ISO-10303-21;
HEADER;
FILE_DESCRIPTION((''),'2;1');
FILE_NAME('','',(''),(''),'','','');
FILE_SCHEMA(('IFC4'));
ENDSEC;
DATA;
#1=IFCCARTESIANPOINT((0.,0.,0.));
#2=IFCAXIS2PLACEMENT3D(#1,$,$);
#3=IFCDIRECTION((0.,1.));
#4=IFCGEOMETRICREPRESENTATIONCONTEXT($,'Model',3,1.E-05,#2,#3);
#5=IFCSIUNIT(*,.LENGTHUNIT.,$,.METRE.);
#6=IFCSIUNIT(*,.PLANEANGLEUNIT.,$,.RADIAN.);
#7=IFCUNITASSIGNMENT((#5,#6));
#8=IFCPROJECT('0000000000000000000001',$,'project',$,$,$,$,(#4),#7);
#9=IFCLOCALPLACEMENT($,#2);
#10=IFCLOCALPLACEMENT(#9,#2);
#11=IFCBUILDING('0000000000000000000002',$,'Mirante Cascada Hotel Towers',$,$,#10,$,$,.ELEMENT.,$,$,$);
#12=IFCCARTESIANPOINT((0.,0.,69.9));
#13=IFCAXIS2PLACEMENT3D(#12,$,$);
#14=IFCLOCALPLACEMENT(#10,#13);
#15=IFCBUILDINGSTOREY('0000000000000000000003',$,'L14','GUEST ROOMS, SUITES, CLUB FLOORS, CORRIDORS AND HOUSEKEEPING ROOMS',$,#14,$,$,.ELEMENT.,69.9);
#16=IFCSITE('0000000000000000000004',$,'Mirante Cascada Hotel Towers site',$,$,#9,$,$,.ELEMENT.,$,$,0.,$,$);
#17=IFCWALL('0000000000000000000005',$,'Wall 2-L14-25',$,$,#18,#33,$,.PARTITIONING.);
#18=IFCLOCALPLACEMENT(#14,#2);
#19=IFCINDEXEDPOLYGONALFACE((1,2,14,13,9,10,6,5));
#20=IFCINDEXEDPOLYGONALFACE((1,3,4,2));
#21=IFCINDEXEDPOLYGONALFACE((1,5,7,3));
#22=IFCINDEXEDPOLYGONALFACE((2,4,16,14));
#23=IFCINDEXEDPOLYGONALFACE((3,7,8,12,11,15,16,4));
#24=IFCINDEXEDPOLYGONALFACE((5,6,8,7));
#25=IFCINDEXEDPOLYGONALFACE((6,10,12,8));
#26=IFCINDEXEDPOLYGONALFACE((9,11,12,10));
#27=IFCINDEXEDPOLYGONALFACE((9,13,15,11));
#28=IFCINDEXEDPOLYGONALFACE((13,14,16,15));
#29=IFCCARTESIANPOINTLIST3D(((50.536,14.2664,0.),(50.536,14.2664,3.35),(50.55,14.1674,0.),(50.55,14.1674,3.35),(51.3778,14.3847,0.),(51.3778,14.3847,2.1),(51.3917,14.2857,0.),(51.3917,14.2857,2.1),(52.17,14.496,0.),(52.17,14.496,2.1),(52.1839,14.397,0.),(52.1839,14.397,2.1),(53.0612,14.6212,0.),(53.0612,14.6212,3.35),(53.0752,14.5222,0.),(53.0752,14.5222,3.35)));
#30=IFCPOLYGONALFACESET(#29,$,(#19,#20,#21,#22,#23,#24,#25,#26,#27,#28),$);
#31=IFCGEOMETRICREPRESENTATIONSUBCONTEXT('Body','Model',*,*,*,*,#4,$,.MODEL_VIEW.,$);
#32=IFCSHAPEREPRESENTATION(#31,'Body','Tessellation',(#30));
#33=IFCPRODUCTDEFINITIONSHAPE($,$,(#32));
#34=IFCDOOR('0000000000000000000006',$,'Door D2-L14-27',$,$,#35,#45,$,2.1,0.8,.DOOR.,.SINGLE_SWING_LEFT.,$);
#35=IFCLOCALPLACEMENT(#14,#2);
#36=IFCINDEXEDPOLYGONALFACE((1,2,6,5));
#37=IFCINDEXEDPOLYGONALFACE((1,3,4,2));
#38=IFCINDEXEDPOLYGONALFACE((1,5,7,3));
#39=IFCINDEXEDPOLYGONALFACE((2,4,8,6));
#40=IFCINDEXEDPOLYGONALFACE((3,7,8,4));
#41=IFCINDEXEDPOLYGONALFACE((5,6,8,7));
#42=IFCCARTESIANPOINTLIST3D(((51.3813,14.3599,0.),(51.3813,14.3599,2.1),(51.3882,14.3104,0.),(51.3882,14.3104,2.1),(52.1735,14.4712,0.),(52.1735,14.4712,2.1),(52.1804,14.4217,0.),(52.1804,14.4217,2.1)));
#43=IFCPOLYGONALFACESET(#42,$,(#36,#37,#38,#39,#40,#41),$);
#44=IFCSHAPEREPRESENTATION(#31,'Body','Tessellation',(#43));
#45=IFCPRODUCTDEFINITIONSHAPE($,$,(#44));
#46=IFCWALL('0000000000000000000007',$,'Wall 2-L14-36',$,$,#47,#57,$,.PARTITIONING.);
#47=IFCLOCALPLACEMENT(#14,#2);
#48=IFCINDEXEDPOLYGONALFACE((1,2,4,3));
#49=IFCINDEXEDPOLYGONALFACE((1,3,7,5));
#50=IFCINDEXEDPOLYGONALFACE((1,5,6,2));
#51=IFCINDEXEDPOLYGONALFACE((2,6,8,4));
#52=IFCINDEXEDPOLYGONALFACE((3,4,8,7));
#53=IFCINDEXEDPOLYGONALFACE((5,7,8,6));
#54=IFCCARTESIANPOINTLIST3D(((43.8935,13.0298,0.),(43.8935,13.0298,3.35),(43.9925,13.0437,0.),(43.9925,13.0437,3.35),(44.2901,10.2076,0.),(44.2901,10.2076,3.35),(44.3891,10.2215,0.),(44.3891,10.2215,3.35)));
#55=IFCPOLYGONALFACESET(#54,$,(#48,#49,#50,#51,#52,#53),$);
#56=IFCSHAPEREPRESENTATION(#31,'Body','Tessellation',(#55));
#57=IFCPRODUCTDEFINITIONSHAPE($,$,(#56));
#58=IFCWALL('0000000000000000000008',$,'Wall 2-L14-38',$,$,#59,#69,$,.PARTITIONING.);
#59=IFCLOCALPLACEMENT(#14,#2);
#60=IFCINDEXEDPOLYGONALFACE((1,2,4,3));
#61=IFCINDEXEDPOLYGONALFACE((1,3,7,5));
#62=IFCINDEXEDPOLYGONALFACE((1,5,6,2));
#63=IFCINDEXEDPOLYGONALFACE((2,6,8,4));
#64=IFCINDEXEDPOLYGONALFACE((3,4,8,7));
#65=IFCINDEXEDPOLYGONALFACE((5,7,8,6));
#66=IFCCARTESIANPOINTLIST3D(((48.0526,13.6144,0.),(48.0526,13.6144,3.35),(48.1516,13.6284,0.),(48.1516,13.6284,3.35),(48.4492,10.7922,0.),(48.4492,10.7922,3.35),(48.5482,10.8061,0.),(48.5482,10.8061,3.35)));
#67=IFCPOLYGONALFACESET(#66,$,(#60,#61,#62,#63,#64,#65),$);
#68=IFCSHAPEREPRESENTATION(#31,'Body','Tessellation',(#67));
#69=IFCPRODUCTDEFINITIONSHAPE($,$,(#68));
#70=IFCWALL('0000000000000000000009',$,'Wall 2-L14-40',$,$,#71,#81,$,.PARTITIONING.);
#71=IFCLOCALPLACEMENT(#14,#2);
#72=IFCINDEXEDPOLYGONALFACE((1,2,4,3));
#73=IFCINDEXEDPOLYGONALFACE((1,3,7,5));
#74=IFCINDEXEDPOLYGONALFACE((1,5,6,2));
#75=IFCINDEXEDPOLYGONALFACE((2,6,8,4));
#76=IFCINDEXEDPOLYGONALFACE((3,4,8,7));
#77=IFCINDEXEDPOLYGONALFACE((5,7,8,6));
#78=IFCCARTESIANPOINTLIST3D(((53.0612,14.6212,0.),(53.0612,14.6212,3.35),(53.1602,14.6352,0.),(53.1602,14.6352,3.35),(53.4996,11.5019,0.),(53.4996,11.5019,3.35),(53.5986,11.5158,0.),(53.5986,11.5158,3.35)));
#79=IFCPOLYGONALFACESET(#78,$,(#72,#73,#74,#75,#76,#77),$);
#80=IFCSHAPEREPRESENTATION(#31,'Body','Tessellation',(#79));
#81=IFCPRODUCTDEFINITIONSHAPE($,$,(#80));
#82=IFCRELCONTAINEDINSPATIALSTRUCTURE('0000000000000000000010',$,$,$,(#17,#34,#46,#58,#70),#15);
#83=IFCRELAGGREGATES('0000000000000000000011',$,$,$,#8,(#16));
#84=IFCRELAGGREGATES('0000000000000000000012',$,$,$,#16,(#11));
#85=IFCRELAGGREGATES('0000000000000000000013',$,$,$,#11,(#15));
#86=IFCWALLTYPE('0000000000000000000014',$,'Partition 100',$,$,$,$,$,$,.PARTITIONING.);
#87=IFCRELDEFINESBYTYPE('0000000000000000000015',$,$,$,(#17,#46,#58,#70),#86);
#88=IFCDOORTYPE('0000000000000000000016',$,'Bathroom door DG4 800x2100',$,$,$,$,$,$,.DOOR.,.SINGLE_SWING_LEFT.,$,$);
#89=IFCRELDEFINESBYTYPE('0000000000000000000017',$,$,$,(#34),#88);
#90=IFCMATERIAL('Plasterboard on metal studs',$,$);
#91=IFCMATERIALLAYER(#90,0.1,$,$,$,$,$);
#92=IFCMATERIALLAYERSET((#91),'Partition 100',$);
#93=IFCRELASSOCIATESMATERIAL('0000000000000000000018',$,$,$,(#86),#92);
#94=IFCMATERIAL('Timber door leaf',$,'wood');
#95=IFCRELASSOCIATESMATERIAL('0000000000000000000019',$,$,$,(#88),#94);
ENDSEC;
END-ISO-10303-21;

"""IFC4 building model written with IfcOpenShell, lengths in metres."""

from ifc_helpers import new_model, si_unit, direction, frame, frame_2d, origin, place, context, subcontext, project, spatial, rectangle, extrude, material, layer, layer_set, type_object, element, fill, save


model = new_model("IFC4")

# Units and contexts
model_context = context("Model", 3, precision=1e-05, world=origin(), true_north=direction((0.0, 1.0)))
body_context = subcontext(model_context, "Body", "Model", "MODEL_VIEW")
ifc_project = project(units=[si_unit("LENGTHUNIT", "METRE"), si_unit("PLANEANGLEUNIT", "RADIAN")], contexts=[model_context])

# Site, building, storey
site_placement = place(None, origin())
site = spatial("IfcSite", under=ifc_project, at=site_placement, Name="Mirante Cascada Hotel Towers site", CompositionType="ELEMENT", RefElevation=0.0)
building_placement = place(site_placement, origin())
building = spatial("IfcBuilding", under=site, at=building_placement, Name="Mirante Cascada Hotel Towers", CompositionType="ELEMENT")
storey_placement = place(building_placement, frame((0.0, 0.0, 69.9)))
storey = spatial("IfcBuildingStorey", under=building, at=storey_placement, Name="L14", Description="GUEST ROOMS, SUITES, CLUB FLOORS, CORRIDORS AND HOUSEKEEPING ROOMS", CompositionType="ELEMENT", Elevation=69.9)

# Wall, opening, door
ifc_material_1 = material(Name="Plasterboard on metal studs")
ifc_layer_1 = layer(ifc_material_1, 0.1)
ifc_layer_set_1 = layer_set([ifc_layer_1], Name="Partition 100")
wall_type = type_object("IfcWallType", Name="Partition 100", PredefinedType="PARTITIONING", material=ifc_layer_set_1)
ifc_material_2 = material(Name="Timber door leaf", Category="wood")
door_type = type_object("IfcDoorType", Name="Bathroom door DG4 800x2100", OperationType="SINGLE_SWING_LEFT", PredefinedType="DOOR", material=ifc_material_2)
wall_1_placement = place(storey_placement, frame((50.543, 14.2169, 0.0), z_axis=(0.0, 0.0, 1.0), x_axis=(0.990273, 0.139137, 0.0)))
wall_1 = element("IfcWall", 1, at=wall_1_placement, inside=storey, type_object=wall_type, Name="Wall 2-L14-25", PredefinedType="PARTITIONING", context=body_context, shape_type="SweptSolid", body=[
    extrude(rectangle(XDim=2.55, YDim=0.1, at=frame_2d((1.275, 0.0))), origin(), (0.0, 0.0, 1.0), 3.35),
])
opening_1_placement = place(wall_1_placement, frame((0.85, 0.0, 0.0)))
opening_1 = element("IfcOpeningElement", 2, at=opening_1_placement, cuts=wall_1, PredefinedType="OPENING", context=body_context, shape_type="SweptSolid", body=[
    extrude(rectangle(XDim=0.8, YDim=2.1, at=frame_2d((0.4, 1.05))), frame((0.0, 0.05, 0.0), z_axis=(0.0, -1.0, 0.0), x_axis=(1.0, 0.0, 0.0)), (0.0, 0.0, 1.0), 0.1),
])
door_1_placement = place(opening_1_placement, origin())
door_1 = element("IfcDoor", 3, at=door_1_placement, inside=storey, type_object=door_type, Name="Door D2-L14-27", OperationType="SINGLE_SWING_LEFT", OverallHeight=2.1, OverallWidth=0.8, PredefinedType="DOOR", context=body_context, shape_type="SweptSolid", body=[
    extrude(rectangle(XDim=0.8, YDim=2.1, at=frame_2d((0.4, 1.05))), frame((0.0, 0.025, 0.0), z_axis=(0.0, -1.0, 0.0), x_axis=(1.0, 0.0, 0.0)), (0.0, 0.0, 1.0), 0.05),
])
fill(opening_1, door_1)

# Walls
wall_2_placement = place(storey_placement, frame((43.943, 13.0368, 0.0), z_axis=(0.0, 0.0, 1.0), x_axis=(0.139161, -0.99027, 0.0)))
element("IfcWall", 4, at=wall_2_placement, inside=storey, type_object=wall_type, Name="Wall 2-L14-36", PredefinedType="PARTITIONING", context=body_context, shape_type="SweptSolid", body=[
    extrude(rectangle(XDim=2.8499, YDim=0.1, at=frame_2d((1.425, 0.0))), origin(), (0.0, 0.0, 1.0), 3.35),
])
wall_3_placement = place(storey_placement, frame((48.1021, 13.6214, 0.0), z_axis=(0.0, 0.0, 1.0), x_axis=(0.139156, -0.99027, 0.0)))
element("IfcWall", 5, at=wall_3_placement, inside=storey, type_object=wall_type, Name="Wall 2-L14-38", PredefinedType="PARTITIONING", context=body_context, shape_type="SweptSolid", body=[
    extrude(rectangle(XDim=2.85, YDim=0.1, at=frame_2d((1.425, 0.0))), origin(), (0.0, 0.0, 1.0), 3.35),
])
wall_4_placement = place(storey_placement, frame((53.1107, 14.6282, 0.0), z_axis=(0.0, 0.0, 1.0), x_axis=(0.139177, -0.990268, 0.0)))
element("IfcWall", 6, at=wall_4_placement, inside=storey, type_object=wall_type, Name="Wall 2-L14-40", PredefinedType="PARTITIONING", context=body_context, shape_type="SweptSolid", body=[
    extrude(rectangle(XDim=3.15, YDim=0.1, at=frame_2d((1.575, 0.0))), origin(), (0.0, 0.0, 1.0), 3.35),
])

save(model, "model.ifc")
